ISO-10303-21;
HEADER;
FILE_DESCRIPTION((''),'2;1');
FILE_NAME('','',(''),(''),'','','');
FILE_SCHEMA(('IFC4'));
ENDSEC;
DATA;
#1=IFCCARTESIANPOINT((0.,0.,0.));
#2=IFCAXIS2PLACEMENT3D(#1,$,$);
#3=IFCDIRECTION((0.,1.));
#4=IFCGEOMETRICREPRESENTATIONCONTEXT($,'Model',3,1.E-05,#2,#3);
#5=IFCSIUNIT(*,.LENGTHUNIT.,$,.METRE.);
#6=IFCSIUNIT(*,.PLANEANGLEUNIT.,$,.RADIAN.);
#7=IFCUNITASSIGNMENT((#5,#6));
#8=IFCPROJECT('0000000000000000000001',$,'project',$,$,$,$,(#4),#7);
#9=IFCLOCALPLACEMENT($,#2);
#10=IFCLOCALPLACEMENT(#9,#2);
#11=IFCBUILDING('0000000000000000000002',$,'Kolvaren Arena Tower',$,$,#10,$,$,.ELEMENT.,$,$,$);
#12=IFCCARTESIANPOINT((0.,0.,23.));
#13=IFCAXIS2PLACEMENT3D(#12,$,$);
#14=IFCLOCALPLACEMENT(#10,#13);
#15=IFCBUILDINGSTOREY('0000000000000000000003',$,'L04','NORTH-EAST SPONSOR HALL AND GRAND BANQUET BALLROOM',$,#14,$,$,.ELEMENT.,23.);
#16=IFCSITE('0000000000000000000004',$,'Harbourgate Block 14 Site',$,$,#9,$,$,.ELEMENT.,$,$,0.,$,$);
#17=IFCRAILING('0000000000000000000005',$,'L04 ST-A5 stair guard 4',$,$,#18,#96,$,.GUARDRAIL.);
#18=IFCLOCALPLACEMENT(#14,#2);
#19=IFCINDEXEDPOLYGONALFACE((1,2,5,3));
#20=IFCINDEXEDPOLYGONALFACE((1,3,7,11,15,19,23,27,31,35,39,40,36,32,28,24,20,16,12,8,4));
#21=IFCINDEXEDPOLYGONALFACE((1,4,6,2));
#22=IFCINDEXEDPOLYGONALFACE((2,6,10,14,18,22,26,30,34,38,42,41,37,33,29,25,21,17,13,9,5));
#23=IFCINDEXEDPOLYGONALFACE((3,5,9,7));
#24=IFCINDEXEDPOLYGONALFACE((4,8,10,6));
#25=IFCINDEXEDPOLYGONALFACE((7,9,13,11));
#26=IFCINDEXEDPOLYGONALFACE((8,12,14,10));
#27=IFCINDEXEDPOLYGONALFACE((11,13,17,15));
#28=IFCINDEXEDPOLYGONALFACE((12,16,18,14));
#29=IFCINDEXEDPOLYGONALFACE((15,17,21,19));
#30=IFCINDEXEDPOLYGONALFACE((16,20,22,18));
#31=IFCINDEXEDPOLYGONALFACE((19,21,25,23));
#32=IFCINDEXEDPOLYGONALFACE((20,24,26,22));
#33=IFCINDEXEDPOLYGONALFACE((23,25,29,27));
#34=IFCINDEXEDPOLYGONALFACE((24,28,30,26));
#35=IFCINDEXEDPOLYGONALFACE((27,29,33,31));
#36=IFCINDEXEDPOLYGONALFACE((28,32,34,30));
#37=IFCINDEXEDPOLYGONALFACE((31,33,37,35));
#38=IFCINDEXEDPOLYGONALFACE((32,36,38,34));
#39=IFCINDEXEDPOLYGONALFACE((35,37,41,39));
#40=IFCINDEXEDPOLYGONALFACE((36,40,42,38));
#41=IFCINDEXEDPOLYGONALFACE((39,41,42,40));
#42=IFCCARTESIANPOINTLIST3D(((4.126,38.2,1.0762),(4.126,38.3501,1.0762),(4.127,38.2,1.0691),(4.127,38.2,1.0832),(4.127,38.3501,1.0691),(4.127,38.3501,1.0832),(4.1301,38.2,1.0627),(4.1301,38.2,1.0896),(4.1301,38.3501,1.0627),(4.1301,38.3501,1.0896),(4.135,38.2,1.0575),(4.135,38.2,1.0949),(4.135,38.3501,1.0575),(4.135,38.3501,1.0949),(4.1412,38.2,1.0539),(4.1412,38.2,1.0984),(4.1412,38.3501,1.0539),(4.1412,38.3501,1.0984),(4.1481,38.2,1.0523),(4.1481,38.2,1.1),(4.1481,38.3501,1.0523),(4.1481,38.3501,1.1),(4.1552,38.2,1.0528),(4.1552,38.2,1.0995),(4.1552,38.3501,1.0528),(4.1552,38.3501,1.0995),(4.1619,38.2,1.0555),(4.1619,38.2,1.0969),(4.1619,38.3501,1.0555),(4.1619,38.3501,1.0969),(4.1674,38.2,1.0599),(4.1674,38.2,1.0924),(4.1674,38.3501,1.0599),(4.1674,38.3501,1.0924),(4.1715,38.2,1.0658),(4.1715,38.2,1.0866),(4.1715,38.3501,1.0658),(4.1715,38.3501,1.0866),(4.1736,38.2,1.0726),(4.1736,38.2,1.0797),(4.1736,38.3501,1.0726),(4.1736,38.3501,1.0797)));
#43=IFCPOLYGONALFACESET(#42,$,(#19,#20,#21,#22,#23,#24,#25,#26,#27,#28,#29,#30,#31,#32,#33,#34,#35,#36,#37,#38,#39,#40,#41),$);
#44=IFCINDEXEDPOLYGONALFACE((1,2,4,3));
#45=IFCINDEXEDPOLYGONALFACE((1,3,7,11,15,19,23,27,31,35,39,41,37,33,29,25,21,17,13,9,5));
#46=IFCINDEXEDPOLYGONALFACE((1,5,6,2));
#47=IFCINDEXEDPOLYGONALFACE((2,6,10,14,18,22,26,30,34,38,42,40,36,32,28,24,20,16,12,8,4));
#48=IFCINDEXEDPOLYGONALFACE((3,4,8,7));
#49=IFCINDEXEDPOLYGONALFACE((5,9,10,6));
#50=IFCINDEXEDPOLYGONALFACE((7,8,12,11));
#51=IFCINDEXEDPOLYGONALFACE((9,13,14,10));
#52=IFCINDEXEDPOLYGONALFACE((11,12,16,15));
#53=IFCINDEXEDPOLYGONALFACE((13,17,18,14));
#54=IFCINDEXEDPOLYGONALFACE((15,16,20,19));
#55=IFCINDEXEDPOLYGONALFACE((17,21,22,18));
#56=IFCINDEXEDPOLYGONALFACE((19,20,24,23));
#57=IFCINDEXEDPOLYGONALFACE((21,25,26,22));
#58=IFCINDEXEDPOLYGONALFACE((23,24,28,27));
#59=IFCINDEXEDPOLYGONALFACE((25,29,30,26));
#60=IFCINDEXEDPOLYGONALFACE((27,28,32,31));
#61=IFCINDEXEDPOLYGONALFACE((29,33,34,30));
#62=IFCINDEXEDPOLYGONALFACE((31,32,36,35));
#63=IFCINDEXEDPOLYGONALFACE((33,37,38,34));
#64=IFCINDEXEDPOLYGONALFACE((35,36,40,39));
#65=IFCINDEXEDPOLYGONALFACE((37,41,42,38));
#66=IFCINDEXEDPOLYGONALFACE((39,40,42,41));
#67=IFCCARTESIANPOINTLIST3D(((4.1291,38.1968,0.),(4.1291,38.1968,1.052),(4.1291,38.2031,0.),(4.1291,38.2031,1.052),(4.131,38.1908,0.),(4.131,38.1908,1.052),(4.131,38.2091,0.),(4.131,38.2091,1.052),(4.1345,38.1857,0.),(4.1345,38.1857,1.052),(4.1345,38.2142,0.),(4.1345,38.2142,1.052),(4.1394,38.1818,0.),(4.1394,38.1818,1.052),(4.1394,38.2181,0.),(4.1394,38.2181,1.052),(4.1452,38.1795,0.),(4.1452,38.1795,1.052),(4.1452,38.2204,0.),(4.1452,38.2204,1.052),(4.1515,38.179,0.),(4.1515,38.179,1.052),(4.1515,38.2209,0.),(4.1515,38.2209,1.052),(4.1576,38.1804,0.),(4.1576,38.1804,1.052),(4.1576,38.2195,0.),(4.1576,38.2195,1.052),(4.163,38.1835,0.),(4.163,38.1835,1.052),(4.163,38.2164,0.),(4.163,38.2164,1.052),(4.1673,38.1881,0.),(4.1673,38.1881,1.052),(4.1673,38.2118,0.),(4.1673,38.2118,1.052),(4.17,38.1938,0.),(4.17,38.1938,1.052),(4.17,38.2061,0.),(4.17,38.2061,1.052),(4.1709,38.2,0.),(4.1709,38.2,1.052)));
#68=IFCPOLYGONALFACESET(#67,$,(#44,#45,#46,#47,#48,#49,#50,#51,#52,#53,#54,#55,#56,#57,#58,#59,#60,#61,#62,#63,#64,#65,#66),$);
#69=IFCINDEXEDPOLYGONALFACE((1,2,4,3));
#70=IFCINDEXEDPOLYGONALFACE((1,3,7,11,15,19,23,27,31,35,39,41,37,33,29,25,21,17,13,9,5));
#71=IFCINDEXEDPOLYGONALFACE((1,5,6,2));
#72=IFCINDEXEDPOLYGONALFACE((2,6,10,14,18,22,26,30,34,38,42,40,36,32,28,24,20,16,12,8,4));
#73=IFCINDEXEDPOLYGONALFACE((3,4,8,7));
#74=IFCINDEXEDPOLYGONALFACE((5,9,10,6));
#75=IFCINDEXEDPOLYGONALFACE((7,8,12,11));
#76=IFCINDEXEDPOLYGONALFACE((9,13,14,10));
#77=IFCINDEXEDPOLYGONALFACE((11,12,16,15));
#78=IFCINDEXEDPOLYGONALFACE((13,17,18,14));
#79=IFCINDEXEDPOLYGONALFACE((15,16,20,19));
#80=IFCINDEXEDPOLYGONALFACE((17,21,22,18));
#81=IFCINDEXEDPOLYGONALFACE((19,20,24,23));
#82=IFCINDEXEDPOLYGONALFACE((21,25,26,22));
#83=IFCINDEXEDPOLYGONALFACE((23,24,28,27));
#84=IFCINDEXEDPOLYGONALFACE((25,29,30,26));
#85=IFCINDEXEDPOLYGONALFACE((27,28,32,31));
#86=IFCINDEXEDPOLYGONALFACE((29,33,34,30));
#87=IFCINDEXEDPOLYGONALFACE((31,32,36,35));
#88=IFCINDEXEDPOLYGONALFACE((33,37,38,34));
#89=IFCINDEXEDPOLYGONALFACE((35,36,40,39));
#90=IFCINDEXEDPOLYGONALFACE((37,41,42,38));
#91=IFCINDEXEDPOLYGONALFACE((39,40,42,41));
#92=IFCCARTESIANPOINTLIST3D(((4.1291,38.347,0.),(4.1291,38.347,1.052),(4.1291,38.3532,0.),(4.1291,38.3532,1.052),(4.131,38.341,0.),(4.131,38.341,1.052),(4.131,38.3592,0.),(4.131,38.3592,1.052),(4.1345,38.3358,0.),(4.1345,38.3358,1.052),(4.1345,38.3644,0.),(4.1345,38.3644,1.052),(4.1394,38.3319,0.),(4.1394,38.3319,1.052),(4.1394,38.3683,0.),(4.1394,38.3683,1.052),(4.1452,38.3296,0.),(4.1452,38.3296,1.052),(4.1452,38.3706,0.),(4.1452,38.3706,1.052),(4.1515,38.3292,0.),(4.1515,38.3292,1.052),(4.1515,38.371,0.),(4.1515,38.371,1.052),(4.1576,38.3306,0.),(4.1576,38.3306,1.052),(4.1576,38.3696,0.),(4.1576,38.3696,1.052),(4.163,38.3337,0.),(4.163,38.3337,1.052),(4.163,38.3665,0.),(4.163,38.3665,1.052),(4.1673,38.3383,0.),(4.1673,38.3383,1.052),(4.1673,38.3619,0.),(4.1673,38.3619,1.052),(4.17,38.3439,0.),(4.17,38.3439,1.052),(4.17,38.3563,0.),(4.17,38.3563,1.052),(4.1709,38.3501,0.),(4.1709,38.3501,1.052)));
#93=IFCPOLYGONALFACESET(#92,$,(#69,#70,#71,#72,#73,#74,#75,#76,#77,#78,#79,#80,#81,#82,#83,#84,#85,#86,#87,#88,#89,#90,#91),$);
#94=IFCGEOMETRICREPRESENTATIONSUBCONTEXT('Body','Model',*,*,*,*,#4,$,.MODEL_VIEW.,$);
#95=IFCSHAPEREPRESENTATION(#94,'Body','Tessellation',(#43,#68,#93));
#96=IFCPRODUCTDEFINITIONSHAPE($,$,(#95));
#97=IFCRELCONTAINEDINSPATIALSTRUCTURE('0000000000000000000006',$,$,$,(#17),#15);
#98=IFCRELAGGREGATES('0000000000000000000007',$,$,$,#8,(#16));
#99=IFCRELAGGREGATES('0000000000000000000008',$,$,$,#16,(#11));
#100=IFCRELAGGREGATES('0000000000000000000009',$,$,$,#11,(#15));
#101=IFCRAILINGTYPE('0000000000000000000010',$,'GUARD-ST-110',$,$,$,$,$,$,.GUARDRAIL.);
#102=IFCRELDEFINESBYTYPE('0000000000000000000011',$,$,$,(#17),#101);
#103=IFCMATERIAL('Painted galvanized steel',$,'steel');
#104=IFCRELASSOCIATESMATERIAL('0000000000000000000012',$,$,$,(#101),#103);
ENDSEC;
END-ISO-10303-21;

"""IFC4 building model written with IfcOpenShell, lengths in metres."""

from ifc_helpers import new_model, si_unit, direction, frame, origin, origin_2d, place, context, subcontext, project, spatial, circle, extrude, material, type_object, element, save


model = new_model("IFC4")

# Units and contexts
model_context = context("Model", 3, precision=1e-05, world=origin(), true_north=direction((0.0, 1.0)))
body_context = subcontext(model_context, "Body", "Model", "MODEL_VIEW")
ifc_project = project(units=[si_unit("LENGTHUNIT", "METRE"), si_unit("PLANEANGLEUNIT", "RADIAN")], contexts=[model_context])

# Site, building, storey
site_placement = place(None, origin())
site = spatial("IfcSite", under=ifc_project, at=site_placement, Name="Harbourgate Block 14 Site", CompositionType="ELEMENT", RefElevation=0.0)
building_placement = place(site_placement, origin())
building = spatial("IfcBuilding", under=site, at=building_placement, Name="Kolvaren Arena Tower", CompositionType="ELEMENT")
storey_placement = place(building_placement, frame((0.0, 0.0, 23.0)))
storey = spatial("IfcBuildingStorey", under=building, at=storey_placement, Name="L04", Description="NORTH-EAST SPONSOR HALL AND GRAND BANQUET BALLROOM", CompositionType="ELEMENT", Elevation=23.0)

# Railing
ifc_material_1 = material(Name="Painted galvanized steel", Category="steel")
railing_type_1 = type_object("IfcRailingType", Name="GUARD-ST-110", PredefinedType="GUARDRAIL", material=ifc_material_1)
railing_1_placement = place(storey_placement, frame((4.1499, 38.2, 0.0)))
element("IfcRailing", 1, at=railing_1_placement, inside=storey, type_object=railing_type_1, Name="L04 ST-A5 stair guard 4", PredefinedType="GUARDRAIL", context=body_context, shape_type="SweptSolid", body=[
    extrude(circle(Radius=0.0239, at=origin_2d()), frame((0.0, 0.0, 1.0762), z_axis=(0.0, 1.0, 0.0), x_axis=(-1.0, 0.0, 0.0)), (0.0, 0.0, 1.0), 0.1501),
    extrude(circle(Radius=0.021, at=origin_2d()), origin(), (0.0, 0.0, 1.0), 1.052),
    extrude(circle(Radius=0.021, at=origin_2d()), frame((0.0, 0.1501, 0.0)), (0.0, 0.0, 1.0), 1.052),
])

save(model, "model.ifc")
